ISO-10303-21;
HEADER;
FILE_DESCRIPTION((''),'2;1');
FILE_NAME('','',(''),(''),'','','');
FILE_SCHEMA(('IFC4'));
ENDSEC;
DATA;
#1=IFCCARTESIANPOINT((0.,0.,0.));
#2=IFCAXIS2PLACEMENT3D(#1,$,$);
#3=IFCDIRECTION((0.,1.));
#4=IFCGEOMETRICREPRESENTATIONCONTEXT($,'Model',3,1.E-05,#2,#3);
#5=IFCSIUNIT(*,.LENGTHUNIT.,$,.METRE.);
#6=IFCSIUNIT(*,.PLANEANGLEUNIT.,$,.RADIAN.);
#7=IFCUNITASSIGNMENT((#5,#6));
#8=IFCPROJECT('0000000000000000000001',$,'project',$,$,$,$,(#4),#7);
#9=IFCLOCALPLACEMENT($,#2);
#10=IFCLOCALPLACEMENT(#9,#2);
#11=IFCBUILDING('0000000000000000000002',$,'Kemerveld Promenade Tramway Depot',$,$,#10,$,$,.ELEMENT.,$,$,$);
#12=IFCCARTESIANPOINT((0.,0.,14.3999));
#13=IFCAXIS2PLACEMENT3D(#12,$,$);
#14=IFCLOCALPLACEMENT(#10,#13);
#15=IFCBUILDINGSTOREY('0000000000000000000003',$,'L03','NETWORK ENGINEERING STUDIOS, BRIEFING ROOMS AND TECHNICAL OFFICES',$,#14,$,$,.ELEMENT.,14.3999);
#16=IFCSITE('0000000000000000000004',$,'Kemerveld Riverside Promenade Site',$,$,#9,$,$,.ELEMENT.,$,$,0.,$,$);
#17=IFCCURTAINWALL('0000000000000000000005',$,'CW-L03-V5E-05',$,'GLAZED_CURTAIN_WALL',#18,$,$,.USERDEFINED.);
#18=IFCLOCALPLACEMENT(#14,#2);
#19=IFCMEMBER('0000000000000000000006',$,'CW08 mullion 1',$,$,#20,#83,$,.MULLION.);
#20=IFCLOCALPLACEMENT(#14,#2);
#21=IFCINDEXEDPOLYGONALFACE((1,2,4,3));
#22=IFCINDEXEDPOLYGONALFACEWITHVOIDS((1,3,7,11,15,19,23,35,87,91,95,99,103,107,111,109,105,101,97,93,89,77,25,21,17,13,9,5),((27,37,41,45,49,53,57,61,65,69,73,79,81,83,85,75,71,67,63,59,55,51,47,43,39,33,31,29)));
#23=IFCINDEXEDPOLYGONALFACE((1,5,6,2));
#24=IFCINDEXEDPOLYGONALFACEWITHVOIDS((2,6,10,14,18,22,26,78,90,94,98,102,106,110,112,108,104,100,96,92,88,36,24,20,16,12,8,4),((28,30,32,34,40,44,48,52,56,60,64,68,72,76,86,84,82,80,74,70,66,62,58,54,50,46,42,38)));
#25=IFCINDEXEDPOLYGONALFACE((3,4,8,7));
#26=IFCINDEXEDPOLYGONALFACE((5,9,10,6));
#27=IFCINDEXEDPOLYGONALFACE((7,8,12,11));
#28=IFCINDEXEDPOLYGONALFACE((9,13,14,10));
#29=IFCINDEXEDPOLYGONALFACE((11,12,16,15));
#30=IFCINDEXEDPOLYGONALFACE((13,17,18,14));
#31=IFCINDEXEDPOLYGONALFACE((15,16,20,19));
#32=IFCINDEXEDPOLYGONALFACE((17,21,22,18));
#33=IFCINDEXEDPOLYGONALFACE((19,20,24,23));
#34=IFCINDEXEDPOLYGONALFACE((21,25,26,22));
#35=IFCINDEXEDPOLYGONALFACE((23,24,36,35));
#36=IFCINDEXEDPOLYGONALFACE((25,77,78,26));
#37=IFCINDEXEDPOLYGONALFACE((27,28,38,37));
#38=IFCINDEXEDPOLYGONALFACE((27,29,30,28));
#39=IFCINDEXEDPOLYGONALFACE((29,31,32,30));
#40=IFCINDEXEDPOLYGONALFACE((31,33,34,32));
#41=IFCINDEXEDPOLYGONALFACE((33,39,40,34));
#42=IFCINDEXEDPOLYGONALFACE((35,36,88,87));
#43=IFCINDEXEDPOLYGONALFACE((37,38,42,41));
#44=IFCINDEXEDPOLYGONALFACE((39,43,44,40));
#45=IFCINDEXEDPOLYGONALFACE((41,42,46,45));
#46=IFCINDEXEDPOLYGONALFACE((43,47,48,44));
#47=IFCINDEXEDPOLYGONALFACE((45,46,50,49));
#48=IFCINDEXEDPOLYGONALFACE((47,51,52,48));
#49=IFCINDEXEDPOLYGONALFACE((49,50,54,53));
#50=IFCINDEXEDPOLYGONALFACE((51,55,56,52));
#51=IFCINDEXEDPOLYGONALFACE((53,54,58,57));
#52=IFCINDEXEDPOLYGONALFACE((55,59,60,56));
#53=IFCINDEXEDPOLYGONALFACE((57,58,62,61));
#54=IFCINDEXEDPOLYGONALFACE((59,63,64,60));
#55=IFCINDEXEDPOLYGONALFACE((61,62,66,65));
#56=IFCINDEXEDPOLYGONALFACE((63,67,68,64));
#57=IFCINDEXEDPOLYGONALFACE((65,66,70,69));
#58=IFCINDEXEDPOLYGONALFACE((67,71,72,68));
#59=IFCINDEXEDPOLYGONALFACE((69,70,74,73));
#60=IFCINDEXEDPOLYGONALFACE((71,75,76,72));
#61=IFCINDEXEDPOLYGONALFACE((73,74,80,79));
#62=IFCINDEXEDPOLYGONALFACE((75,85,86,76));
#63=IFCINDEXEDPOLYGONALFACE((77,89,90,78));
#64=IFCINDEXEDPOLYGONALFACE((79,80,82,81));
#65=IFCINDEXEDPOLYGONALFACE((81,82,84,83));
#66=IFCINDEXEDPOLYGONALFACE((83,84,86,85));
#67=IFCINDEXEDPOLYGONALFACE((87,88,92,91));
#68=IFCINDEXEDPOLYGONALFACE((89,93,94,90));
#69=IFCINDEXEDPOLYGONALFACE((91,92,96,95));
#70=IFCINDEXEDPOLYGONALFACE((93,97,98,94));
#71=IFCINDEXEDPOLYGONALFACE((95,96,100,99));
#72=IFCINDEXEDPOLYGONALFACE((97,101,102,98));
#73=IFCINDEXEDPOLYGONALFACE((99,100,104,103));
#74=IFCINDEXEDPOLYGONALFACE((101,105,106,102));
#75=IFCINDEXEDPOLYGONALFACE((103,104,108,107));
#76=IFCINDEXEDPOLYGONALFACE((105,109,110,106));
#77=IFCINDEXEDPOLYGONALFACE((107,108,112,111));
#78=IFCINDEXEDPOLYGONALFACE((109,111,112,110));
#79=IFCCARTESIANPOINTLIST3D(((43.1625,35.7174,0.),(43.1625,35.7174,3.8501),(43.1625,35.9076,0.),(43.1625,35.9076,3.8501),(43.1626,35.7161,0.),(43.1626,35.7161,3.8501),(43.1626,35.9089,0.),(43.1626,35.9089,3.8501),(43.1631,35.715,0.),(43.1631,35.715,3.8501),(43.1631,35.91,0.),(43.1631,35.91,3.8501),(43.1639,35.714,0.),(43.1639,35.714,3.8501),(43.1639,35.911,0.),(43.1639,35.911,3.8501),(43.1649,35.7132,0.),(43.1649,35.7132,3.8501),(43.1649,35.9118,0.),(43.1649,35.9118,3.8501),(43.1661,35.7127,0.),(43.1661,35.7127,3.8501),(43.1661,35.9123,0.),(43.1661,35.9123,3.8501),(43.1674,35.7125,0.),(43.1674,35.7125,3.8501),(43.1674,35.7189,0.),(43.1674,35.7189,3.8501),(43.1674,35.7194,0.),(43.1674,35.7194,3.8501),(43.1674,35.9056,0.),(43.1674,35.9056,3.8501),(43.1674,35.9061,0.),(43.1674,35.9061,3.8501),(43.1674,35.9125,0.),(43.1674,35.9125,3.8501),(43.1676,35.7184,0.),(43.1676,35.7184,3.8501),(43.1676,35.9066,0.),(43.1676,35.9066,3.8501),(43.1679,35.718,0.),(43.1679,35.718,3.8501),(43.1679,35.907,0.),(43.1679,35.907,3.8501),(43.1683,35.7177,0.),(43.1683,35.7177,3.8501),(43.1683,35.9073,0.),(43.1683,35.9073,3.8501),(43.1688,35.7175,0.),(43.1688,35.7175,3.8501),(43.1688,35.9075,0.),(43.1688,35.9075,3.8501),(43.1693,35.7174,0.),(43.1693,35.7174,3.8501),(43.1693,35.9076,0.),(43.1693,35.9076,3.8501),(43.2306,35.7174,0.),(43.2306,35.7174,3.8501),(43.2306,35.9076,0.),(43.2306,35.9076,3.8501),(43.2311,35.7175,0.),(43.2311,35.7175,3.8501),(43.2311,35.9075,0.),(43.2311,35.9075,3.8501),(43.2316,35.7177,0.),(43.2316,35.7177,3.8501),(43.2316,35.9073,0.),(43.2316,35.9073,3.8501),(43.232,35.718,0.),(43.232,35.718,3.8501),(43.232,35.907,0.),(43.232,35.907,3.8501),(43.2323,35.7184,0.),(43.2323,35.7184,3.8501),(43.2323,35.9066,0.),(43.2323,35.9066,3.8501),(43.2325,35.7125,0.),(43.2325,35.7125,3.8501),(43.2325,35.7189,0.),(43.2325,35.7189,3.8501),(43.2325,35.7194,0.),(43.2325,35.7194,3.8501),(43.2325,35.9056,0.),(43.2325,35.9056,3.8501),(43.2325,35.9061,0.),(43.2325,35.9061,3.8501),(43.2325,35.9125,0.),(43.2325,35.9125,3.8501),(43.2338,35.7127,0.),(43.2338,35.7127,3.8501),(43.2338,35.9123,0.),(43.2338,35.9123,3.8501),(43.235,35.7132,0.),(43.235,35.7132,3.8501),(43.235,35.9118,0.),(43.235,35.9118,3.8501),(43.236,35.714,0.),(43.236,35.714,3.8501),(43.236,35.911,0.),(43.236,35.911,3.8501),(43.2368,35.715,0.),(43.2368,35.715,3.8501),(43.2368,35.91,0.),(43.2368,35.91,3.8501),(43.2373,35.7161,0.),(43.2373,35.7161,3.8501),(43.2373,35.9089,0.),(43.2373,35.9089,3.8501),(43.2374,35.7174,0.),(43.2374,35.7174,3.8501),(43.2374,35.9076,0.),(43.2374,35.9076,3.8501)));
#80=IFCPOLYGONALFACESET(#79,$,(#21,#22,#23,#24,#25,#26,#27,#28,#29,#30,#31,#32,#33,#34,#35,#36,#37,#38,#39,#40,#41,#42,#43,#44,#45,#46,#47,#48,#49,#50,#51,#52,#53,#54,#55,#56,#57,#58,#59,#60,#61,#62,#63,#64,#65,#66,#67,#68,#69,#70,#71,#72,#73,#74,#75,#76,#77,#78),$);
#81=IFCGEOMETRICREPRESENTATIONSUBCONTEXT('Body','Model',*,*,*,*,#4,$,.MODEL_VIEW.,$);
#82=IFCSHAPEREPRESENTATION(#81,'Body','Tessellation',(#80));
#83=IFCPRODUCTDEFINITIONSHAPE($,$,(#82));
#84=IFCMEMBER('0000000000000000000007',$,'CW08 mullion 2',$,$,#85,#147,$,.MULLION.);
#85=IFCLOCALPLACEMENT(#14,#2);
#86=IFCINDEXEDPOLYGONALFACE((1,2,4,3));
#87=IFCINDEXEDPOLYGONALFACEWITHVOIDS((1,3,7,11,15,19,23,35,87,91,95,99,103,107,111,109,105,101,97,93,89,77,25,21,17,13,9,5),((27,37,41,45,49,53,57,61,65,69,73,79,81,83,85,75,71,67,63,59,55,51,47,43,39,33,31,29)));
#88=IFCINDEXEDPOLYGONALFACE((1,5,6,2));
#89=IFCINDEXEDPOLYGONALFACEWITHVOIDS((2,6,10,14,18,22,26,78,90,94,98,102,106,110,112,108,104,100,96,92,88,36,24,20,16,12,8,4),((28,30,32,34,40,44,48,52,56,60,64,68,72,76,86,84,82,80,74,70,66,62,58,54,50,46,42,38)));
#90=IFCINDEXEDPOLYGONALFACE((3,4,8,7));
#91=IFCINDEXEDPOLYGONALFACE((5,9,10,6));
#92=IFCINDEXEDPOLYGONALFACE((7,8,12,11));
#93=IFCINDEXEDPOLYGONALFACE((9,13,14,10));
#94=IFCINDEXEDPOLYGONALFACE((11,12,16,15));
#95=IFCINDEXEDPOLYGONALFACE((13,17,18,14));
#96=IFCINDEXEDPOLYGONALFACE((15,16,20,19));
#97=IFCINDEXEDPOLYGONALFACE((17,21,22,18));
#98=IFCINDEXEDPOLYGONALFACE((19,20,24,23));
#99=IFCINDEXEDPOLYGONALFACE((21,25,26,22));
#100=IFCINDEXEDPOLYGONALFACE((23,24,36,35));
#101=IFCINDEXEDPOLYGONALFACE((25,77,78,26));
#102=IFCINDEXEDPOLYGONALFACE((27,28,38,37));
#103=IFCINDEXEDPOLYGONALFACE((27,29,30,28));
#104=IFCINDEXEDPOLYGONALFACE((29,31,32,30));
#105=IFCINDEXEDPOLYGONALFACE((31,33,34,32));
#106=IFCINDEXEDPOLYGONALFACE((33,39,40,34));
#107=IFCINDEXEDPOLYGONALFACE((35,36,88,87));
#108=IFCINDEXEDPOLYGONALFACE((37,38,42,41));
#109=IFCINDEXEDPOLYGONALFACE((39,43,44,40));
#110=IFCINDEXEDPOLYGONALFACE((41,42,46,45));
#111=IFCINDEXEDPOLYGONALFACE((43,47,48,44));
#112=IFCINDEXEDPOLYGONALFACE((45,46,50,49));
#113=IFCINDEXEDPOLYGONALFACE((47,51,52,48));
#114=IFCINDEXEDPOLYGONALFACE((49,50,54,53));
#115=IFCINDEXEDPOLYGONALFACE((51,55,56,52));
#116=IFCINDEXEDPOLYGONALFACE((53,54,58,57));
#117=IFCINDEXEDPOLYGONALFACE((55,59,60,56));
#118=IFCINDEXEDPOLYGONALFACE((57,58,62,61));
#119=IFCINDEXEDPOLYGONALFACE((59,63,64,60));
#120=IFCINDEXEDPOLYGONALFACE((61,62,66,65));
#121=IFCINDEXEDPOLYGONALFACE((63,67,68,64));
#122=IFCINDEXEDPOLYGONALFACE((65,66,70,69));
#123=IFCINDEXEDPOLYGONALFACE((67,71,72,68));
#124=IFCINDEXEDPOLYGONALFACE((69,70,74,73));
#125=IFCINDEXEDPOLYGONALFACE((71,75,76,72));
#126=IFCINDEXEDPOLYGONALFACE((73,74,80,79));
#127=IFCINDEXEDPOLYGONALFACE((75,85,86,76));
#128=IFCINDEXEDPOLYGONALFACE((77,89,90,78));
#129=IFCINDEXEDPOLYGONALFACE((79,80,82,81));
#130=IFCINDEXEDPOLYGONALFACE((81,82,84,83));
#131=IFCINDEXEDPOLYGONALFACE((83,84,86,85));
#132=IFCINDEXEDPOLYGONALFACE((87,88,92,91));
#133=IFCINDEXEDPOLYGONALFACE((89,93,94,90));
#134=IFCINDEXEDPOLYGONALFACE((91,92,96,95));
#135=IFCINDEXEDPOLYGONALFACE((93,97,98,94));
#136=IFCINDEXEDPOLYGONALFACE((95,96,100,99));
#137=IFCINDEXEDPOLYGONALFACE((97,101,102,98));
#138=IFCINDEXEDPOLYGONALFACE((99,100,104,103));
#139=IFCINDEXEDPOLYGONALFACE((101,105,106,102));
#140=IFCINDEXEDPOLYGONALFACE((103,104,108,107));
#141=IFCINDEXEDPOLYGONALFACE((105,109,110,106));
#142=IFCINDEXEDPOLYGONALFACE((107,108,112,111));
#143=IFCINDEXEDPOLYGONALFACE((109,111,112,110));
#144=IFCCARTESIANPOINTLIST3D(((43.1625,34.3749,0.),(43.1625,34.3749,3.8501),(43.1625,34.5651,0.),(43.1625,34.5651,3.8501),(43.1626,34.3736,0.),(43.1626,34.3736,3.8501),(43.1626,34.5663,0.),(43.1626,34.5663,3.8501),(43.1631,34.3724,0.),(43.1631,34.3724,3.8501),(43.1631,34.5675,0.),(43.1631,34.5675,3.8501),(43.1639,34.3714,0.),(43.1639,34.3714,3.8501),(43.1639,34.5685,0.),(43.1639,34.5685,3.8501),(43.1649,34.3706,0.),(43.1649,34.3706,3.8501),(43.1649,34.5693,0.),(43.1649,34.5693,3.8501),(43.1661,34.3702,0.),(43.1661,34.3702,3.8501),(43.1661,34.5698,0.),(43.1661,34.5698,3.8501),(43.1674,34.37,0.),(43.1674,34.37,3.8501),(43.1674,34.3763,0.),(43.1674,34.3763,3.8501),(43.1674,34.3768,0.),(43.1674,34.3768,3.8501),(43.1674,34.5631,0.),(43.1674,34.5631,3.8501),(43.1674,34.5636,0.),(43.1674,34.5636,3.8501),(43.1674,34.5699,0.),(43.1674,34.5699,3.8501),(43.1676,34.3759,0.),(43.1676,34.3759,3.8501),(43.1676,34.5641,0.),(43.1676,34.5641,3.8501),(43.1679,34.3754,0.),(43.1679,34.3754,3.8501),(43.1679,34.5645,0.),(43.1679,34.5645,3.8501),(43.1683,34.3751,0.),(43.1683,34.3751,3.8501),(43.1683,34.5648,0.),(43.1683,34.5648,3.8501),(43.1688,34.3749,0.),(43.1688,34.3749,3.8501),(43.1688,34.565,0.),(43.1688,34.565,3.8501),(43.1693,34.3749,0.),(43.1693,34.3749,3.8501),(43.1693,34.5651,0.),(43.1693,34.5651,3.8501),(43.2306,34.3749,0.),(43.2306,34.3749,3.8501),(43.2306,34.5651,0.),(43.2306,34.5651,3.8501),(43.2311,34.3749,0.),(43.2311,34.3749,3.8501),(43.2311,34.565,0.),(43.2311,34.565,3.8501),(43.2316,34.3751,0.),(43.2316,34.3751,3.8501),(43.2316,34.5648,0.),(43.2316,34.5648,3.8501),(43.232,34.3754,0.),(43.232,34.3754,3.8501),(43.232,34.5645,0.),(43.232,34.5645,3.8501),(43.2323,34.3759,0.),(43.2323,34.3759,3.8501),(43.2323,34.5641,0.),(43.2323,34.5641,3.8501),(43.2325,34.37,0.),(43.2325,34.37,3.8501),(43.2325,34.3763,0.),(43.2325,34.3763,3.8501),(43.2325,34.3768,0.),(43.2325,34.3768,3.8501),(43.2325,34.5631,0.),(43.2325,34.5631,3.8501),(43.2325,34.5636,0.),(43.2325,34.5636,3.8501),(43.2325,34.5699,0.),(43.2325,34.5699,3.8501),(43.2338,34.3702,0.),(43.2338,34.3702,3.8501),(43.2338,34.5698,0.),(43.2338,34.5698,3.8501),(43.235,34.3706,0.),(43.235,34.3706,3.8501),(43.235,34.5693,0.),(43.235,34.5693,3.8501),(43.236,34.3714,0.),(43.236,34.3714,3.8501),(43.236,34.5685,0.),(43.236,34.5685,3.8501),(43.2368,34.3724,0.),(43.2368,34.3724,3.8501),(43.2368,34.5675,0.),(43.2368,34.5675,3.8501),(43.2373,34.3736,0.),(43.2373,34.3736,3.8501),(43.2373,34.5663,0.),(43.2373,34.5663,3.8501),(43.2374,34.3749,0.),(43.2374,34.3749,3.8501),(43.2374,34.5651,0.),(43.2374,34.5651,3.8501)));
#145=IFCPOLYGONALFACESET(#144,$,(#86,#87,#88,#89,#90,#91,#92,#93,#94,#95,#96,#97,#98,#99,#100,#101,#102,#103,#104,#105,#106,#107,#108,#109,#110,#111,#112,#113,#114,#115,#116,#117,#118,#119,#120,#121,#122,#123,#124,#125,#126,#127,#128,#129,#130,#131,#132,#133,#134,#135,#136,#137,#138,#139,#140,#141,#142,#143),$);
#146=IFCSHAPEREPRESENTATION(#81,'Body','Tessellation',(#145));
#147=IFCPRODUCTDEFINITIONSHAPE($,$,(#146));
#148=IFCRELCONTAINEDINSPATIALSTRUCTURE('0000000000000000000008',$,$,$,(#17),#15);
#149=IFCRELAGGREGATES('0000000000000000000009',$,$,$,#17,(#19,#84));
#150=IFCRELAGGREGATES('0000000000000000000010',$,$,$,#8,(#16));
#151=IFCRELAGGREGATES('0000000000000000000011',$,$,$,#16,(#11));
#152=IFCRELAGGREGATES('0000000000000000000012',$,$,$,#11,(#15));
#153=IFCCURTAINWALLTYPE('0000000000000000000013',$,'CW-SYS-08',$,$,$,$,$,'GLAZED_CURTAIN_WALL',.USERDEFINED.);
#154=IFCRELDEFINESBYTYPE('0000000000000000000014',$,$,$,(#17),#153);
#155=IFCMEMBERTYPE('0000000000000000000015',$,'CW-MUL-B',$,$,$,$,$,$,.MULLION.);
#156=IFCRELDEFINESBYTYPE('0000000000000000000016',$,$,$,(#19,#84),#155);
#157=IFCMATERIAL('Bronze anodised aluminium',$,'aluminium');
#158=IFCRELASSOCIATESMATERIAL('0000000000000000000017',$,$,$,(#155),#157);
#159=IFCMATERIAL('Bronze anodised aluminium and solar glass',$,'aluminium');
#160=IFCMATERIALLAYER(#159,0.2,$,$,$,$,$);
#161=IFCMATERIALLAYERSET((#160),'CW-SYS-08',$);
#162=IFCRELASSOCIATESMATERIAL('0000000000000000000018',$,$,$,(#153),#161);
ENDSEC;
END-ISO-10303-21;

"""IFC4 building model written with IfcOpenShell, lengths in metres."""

from ifc_helpers import new_model, si_unit, direction, frame, origin, origin_2d, place, context, subcontext, project, spatial, hollow_rectangle, extrude, material, layer, layer_set, material_profile, profile_set, type_object, element, aggregate, save


model = new_model("IFC4")

# Units and contexts
model_context = context("Model", 3, precision=1e-05, world=origin(), true_north=direction((0.0, 1.0)))
body_context = subcontext(model_context, "Body", "Model", "MODEL_VIEW")
ifc_project = project(units=[si_unit("LENGTHUNIT", "METRE"), si_unit("PLANEANGLEUNIT", "RADIAN")], contexts=[model_context])

# Site, building, storey
site_placement = place(None, origin())
site = spatial("IfcSite", under=ifc_project, at=site_placement, Name="Kemerveld Riverside Promenade Site", CompositionType="ELEMENT", RefElevation=0.0)
building_placement = place(site_placement, origin())
building = spatial("IfcBuilding", under=site, at=building_placement, Name="Kemerveld Promenade Tramway Depot", CompositionType="ELEMENT")
storey_placement = place(building_placement, frame((0.0, 0.0, 14.3999)))
storey = spatial("IfcBuildingStorey", under=building, at=storey_placement, Name="L03", Description="NETWORK ENGINEERING STUDIOS, BRIEFING ROOMS AND TECHNICAL OFFICES", CompositionType="ELEMENT", Elevation=14.3999)

# Shared definitions
ifc_material_1 = material(Name="Bronze anodised aluminium and solar glass", Category="aluminium")
ifc_material_2 = material(Name="Bronze anodised aluminium", Category="aluminium")
ifc_material_profile_1 = material_profile(ifc_material_2, hollow_rectangle(XDim=0.075, YDim=0.2, WallThickness=0.0049, InnerFilletRadius=0.002, OuterFilletRadius=0.0049, at=origin_2d()), Name="CW-MUL-200x75")
ifc_profile_set_1 = profile_set([ifc_material_profile_1], Name="Bronze anodised aluminium")
member_type_1 = type_object("IfcMemberType", Name="CW-MUL-B", PredefinedType="MULLION", material=ifc_profile_set_1)

# Curtain wall, members
ifc_layer_1 = layer(ifc_material_1, 0.2)
ifc_layer_set_1 = layer_set([ifc_layer_1], Name="CW-SYS-08")
curtain_wall_type_1 = type_object("IfcCurtainWallType", Name="CW-SYS-08", ElementType="GLAZED_CURTAIN_WALL", PredefinedType="USERDEFINED", material=ifc_layer_set_1)
curtain_wall_1_placement = place(storey_placement, origin())
curtain_wall_1 = element("IfcCurtainWall", 1, at=curtain_wall_1_placement, inside=storey, type_object=curtain_wall_type_1, Name="CW-L03-V5E-05", ObjectType="GLAZED_CURTAIN_WALL", PredefinedType="USERDEFINED")
member_1_placement = place(storey_placement, frame((43.2, 35.8125, 0.0), z_axis=(0.0, 0.0, 1.0), x_axis=(1.0, 0.0, 0.0)))
member_1 = element("IfcMember", 2, at=member_1_placement, type_object=member_type_1, Name="CW08 mullion 1", PredefinedType="MULLION", context=body_context, shape_type="SweptSolid", body=[
    extrude(hollow_rectangle(XDim=0.075, YDim=0.2, WallThickness=0.0049, InnerFilletRadius=0.002, OuterFilletRadius=0.0049, at=origin_2d()), origin(), (0.0, 0.0, 1.0), 3.8501),
])
member_2_placement = place(storey_placement, frame((43.2, 34.47, 0.0), z_axis=(0.0, 0.0, 1.0), x_axis=(1.0, 0.0, 0.0)))
member_2 = element("IfcMember", 3, at=member_2_placement, type_object=member_type_1, Name="CW08 mullion 2", PredefinedType="MULLION", context=body_context, shape_type="SweptSolid", body=[
    extrude(hollow_rectangle(XDim=0.075, YDim=0.2, WallThickness=0.0049, InnerFilletRadius=0.002, OuterFilletRadius=0.0049, at=origin_2d()), origin(), (0.0, 0.0, 1.0), 3.8501),
])

aggregate(curtain_wall_1, [member_1, member_2])

save(model, "model.ifc")
